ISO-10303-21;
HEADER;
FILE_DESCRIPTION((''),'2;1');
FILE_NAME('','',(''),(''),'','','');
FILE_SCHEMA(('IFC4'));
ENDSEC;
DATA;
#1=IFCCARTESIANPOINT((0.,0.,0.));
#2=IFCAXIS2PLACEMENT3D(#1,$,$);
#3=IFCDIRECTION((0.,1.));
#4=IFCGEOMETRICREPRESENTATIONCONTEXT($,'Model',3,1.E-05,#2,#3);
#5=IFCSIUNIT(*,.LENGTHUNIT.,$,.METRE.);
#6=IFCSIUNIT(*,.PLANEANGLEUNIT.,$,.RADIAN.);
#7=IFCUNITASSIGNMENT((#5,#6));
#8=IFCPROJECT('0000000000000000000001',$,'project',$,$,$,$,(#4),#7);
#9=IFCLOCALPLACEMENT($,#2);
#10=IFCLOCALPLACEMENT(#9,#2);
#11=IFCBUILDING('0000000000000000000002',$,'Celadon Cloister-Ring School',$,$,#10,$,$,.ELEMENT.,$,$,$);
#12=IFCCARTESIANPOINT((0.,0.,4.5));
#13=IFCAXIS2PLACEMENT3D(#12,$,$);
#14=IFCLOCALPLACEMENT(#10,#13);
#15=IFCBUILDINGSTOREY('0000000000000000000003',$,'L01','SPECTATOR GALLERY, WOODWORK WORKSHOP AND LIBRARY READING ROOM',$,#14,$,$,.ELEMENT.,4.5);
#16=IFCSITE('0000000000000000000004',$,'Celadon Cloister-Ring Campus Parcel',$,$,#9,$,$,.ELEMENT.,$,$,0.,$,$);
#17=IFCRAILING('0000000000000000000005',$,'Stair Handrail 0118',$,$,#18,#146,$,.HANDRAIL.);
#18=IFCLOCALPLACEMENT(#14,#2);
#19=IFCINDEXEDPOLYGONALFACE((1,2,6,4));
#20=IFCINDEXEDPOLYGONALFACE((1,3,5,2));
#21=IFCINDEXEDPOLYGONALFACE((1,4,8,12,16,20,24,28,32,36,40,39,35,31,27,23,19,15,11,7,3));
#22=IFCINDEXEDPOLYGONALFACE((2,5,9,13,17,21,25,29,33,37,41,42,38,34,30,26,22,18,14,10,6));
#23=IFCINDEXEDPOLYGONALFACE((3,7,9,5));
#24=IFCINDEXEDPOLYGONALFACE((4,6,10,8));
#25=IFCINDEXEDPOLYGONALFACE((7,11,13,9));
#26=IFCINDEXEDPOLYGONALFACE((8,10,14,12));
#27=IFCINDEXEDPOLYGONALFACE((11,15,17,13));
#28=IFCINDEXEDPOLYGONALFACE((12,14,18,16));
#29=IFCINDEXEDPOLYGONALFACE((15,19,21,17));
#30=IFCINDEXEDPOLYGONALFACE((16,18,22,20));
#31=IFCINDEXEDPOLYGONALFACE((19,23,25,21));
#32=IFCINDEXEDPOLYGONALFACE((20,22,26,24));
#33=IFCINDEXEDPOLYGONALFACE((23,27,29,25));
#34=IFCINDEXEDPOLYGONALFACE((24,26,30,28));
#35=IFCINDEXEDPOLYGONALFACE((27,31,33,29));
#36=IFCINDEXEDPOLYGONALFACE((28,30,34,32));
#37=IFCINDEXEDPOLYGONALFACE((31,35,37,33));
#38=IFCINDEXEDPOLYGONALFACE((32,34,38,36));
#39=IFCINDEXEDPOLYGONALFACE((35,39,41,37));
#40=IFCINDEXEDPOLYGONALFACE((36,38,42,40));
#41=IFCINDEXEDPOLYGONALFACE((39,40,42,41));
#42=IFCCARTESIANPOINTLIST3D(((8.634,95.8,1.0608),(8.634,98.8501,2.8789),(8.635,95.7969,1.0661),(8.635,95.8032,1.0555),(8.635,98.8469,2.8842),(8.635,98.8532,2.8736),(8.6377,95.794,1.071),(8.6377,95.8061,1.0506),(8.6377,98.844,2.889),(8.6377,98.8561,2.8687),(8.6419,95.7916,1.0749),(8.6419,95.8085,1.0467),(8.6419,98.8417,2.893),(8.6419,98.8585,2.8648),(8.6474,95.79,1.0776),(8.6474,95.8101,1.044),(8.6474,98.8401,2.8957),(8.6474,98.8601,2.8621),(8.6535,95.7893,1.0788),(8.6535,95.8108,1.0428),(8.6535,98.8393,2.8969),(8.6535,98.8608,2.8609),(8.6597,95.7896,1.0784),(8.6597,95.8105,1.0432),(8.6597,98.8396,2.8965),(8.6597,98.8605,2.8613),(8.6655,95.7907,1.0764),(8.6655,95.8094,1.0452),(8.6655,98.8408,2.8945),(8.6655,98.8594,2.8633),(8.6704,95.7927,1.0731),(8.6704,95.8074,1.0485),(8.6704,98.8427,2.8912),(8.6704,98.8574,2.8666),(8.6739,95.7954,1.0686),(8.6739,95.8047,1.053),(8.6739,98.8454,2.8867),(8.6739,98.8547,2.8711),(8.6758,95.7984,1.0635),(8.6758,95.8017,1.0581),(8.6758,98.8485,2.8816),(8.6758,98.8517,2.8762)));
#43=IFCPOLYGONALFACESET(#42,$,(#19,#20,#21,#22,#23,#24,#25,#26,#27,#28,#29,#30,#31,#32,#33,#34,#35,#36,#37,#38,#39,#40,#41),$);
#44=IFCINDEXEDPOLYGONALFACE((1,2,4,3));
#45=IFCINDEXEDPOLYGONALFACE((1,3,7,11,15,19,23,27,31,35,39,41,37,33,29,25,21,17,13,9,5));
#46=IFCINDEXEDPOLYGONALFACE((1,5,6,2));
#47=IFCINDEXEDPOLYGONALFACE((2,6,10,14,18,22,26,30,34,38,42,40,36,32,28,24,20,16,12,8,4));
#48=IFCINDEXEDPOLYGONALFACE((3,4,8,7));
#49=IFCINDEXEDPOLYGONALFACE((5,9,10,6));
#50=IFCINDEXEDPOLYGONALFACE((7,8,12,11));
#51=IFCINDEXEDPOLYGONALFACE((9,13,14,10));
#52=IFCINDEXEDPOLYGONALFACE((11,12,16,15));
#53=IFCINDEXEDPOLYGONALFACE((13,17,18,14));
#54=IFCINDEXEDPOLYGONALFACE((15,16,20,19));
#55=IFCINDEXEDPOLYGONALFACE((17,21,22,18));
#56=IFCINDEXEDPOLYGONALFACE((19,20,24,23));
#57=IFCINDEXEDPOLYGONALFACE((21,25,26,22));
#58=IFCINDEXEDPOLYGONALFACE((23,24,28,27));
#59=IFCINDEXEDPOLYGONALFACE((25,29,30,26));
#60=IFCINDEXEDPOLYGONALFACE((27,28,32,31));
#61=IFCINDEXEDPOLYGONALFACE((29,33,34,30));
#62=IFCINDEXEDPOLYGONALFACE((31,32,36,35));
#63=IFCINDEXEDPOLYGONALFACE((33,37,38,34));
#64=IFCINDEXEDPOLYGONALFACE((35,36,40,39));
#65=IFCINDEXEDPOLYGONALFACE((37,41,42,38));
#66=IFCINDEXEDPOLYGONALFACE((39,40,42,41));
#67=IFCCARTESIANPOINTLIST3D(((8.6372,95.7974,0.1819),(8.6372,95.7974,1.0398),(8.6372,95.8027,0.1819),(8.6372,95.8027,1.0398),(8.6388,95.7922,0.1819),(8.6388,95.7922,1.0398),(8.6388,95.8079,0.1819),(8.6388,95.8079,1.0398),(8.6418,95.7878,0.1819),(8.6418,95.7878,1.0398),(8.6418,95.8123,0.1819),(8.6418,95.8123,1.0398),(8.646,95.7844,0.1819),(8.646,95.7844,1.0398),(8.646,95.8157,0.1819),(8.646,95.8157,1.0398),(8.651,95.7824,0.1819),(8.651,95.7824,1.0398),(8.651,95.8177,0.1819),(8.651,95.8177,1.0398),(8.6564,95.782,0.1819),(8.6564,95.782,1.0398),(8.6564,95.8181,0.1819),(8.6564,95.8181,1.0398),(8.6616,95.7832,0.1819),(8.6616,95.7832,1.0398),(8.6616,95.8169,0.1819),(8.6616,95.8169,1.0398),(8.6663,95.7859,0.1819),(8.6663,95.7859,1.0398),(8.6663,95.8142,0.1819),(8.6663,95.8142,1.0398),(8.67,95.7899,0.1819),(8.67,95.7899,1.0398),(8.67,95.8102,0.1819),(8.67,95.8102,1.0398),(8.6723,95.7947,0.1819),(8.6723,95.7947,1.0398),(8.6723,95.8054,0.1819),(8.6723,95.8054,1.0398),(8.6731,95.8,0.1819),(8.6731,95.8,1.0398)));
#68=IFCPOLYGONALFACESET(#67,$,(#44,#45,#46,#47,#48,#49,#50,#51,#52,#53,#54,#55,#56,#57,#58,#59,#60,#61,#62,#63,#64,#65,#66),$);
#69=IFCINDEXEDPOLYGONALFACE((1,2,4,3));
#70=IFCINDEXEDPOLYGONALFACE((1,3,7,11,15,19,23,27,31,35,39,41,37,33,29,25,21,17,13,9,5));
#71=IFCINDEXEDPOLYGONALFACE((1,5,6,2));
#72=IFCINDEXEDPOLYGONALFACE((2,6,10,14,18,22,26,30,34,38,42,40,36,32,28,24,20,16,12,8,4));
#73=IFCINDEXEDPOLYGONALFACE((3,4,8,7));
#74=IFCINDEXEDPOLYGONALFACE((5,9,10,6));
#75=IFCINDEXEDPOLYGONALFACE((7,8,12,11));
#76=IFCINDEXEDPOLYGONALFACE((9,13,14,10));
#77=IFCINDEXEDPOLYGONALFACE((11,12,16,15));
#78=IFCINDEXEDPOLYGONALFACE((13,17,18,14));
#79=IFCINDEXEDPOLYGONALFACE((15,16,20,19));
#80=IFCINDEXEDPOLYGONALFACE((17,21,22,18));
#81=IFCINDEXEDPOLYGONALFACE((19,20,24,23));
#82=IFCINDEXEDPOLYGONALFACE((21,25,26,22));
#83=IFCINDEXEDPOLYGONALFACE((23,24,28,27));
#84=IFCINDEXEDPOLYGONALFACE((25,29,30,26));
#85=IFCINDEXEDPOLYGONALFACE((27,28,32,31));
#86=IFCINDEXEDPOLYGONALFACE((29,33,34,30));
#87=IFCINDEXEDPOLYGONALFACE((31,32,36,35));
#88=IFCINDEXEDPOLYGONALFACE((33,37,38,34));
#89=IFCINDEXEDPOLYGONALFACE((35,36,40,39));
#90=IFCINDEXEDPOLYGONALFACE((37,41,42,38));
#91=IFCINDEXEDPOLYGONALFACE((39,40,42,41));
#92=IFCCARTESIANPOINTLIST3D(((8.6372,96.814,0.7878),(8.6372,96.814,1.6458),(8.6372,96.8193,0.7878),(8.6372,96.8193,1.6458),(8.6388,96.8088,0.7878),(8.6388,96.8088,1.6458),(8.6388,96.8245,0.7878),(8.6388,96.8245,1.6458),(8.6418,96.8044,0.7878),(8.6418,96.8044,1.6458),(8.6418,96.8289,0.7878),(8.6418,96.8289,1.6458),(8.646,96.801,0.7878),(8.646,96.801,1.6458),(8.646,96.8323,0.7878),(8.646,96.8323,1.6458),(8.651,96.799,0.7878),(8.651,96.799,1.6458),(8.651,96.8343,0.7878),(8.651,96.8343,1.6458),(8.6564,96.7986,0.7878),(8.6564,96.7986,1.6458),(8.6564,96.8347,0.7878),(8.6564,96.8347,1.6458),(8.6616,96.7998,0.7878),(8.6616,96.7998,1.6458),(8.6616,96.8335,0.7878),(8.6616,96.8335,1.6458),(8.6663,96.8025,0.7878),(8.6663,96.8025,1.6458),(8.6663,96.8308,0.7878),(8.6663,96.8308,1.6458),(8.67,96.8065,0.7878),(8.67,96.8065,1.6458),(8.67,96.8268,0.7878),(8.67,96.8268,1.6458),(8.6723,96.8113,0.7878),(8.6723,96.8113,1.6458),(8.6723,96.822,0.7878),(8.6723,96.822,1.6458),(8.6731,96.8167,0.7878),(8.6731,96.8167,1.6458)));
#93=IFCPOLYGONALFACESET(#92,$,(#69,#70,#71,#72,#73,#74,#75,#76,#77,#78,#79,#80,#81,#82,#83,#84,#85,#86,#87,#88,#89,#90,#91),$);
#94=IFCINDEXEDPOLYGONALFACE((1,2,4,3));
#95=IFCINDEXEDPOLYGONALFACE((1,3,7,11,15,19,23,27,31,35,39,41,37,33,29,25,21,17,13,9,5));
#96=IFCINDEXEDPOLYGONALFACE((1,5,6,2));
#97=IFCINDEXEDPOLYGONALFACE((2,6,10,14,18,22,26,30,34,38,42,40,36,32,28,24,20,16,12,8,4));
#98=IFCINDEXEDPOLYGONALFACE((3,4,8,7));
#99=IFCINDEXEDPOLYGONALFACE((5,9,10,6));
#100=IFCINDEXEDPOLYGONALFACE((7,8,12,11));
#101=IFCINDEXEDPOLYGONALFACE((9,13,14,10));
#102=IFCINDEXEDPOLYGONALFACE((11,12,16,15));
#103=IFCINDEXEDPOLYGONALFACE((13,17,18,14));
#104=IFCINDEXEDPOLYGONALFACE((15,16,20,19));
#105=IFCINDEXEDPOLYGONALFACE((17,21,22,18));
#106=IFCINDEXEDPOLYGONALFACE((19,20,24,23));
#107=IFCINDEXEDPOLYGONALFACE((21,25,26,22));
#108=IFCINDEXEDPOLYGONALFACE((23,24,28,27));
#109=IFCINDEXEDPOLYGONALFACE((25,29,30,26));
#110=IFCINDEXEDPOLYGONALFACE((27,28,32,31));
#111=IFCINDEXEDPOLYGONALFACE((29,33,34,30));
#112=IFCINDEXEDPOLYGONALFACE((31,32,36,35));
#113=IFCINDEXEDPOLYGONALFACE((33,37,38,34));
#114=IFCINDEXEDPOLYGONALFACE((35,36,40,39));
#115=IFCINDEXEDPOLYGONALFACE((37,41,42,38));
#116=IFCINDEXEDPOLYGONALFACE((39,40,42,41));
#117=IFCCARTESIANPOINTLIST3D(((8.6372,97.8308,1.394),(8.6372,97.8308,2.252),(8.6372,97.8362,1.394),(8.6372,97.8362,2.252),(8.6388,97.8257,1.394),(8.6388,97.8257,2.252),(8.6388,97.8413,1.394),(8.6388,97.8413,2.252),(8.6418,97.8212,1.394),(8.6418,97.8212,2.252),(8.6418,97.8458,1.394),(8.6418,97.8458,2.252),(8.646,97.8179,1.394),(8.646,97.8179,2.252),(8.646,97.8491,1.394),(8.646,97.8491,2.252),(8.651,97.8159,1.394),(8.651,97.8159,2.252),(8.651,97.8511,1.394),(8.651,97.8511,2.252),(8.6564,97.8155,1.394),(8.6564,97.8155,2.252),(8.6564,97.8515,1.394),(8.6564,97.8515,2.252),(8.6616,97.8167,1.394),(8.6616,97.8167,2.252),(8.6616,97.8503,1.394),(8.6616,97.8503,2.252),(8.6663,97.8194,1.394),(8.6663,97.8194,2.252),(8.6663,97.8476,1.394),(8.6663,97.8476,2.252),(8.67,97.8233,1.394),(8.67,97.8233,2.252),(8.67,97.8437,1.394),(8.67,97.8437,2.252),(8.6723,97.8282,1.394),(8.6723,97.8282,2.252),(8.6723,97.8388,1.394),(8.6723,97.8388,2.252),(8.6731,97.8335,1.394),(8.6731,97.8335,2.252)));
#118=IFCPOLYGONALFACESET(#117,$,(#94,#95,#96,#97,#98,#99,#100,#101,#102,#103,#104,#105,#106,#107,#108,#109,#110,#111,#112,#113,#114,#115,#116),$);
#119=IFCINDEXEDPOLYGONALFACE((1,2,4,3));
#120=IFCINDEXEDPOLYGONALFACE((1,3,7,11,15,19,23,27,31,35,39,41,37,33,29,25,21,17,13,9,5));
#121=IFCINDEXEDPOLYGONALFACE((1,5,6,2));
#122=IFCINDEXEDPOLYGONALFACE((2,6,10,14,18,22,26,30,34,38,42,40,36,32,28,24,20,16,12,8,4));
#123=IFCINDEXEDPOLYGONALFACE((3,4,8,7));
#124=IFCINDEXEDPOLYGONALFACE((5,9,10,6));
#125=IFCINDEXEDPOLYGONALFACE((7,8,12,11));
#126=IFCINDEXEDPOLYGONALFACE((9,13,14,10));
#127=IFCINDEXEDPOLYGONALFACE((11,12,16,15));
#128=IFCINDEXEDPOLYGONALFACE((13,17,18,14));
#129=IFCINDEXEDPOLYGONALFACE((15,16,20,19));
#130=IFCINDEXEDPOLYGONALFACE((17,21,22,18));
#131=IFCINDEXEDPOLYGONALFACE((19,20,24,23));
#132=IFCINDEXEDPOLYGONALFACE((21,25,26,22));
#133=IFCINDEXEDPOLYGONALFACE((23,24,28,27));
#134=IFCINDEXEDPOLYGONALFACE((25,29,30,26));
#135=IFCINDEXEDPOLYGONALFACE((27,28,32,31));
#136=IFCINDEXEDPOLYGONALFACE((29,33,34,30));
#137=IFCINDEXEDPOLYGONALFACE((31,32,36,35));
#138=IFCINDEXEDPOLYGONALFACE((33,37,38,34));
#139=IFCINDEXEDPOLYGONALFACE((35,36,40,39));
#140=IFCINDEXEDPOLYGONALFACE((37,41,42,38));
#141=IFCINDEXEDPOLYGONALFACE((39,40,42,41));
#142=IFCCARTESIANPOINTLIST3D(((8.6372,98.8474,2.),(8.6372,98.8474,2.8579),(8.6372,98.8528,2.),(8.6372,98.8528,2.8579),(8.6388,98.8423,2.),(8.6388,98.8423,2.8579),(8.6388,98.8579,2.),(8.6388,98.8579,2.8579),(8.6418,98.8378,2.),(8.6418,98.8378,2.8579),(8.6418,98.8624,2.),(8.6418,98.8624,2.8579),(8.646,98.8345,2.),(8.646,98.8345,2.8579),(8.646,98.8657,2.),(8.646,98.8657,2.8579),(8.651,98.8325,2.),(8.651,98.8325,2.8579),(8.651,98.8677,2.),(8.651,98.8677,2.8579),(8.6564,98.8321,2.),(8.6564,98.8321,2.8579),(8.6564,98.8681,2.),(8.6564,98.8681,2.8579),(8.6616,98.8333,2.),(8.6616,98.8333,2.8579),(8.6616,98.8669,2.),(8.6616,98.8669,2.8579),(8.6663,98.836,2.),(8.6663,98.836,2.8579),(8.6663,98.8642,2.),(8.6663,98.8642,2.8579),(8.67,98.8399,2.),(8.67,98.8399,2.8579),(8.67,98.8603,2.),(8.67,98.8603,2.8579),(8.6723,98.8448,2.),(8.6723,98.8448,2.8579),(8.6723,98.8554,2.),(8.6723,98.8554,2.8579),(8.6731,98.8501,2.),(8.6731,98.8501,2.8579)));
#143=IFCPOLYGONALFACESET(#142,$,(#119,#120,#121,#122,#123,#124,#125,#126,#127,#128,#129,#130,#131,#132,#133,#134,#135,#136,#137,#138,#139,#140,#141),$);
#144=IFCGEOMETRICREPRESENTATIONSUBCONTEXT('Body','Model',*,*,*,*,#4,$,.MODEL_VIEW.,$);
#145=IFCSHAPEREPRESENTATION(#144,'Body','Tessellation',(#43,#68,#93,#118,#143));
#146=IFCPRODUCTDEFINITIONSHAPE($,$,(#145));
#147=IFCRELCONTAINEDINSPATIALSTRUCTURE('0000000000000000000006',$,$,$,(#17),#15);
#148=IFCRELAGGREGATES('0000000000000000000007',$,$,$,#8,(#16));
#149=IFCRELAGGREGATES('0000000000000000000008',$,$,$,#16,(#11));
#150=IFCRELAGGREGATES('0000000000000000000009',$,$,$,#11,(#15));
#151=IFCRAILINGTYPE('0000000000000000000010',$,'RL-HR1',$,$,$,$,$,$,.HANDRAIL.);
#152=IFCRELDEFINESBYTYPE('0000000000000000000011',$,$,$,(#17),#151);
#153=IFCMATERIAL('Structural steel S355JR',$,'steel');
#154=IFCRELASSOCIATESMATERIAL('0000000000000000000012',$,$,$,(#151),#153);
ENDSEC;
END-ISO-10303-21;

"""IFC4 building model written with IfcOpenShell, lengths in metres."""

from ifc_helpers import new_model, si_unit, direction, frame, origin, origin_2d, place, context, subcontext, project, spatial, circle, extrude, material, type_object, element, save


model = new_model("IFC4")

# Units and contexts
model_context = context("Model", 3, precision=1e-05, world=origin(), true_north=direction((0.0, 1.0)))
body_context = subcontext(model_context, "Body", "Model", "MODEL_VIEW")
ifc_project = project(units=[si_unit("LENGTHUNIT", "METRE"), si_unit("PLANEANGLEUNIT", "RADIAN")], contexts=[model_context])

# Site, building, storey
site_placement = place(None, origin())
site = spatial("IfcSite", under=ifc_project, at=site_placement, Name="Celadon Cloister-Ring Campus Parcel", CompositionType="ELEMENT", RefElevation=0.0)
building_placement = place(site_placement, origin())
building = spatial("IfcBuilding", under=site, at=building_placement, Name="Celadon Cloister-Ring School", CompositionType="ELEMENT")
storey_placement = place(building_placement, frame((0.0, 0.0, 4.5)))
storey = spatial("IfcBuildingStorey", under=building, at=storey_placement, Name="L01", Description="SPECTATOR GALLERY, WOODWORK WORKSHOP AND LIBRARY READING ROOM", CompositionType="ELEMENT", Elevation=4.5)

# Railing
ifc_material_1 = material(Name="Structural steel S355JR", Category="steel")
railing_type_1 = type_object("IfcRailingType", Name="RL-HR1", PredefinedType="HANDRAIL", material=ifc_material_1)
for number, where, name in (
    (1, (8.655, 95.8, 0.1819), "Stair Handrail 0118"),
):
    element("IfcRailing", number, at=place(storey_placement, frame(where)), inside=storey, type_object=railing_type_1, Name=name, PredefinedType="HANDRAIL", context=body_context, shape_type="SweptSolid", body=[
        extrude(circle(Radius=0.021, at=origin_2d()), frame((0.0, 0.0, 0.8789), z_axis=(0.0, 0.85897, 0.512026), x_axis=(-1.0, 0.0, 0.0)), (0.0, 0.0, 1.0), 3.5508),
        extrude(circle(Radius=0.0181, at=origin_2d()), origin(), (0.0, 0.0, 1.0), 0.8579),
        extrude(circle(Radius=0.0181, at=origin_2d()), frame((0.0, 1.0166, 0.606)), (0.0, 0.0, 1.0), 0.8579),
        extrude(circle(Radius=0.0181, at=origin_2d()), frame((0.0, 2.0334, 1.2122)), (0.0, 0.0, 1.0), 0.8579),
        extrude(circle(Radius=0.0181, at=origin_2d()), frame((0.0, 3.05, 1.8181)), (0.0, 0.0, 1.0), 0.8579),
    ])

save(model, "model.ifc")
